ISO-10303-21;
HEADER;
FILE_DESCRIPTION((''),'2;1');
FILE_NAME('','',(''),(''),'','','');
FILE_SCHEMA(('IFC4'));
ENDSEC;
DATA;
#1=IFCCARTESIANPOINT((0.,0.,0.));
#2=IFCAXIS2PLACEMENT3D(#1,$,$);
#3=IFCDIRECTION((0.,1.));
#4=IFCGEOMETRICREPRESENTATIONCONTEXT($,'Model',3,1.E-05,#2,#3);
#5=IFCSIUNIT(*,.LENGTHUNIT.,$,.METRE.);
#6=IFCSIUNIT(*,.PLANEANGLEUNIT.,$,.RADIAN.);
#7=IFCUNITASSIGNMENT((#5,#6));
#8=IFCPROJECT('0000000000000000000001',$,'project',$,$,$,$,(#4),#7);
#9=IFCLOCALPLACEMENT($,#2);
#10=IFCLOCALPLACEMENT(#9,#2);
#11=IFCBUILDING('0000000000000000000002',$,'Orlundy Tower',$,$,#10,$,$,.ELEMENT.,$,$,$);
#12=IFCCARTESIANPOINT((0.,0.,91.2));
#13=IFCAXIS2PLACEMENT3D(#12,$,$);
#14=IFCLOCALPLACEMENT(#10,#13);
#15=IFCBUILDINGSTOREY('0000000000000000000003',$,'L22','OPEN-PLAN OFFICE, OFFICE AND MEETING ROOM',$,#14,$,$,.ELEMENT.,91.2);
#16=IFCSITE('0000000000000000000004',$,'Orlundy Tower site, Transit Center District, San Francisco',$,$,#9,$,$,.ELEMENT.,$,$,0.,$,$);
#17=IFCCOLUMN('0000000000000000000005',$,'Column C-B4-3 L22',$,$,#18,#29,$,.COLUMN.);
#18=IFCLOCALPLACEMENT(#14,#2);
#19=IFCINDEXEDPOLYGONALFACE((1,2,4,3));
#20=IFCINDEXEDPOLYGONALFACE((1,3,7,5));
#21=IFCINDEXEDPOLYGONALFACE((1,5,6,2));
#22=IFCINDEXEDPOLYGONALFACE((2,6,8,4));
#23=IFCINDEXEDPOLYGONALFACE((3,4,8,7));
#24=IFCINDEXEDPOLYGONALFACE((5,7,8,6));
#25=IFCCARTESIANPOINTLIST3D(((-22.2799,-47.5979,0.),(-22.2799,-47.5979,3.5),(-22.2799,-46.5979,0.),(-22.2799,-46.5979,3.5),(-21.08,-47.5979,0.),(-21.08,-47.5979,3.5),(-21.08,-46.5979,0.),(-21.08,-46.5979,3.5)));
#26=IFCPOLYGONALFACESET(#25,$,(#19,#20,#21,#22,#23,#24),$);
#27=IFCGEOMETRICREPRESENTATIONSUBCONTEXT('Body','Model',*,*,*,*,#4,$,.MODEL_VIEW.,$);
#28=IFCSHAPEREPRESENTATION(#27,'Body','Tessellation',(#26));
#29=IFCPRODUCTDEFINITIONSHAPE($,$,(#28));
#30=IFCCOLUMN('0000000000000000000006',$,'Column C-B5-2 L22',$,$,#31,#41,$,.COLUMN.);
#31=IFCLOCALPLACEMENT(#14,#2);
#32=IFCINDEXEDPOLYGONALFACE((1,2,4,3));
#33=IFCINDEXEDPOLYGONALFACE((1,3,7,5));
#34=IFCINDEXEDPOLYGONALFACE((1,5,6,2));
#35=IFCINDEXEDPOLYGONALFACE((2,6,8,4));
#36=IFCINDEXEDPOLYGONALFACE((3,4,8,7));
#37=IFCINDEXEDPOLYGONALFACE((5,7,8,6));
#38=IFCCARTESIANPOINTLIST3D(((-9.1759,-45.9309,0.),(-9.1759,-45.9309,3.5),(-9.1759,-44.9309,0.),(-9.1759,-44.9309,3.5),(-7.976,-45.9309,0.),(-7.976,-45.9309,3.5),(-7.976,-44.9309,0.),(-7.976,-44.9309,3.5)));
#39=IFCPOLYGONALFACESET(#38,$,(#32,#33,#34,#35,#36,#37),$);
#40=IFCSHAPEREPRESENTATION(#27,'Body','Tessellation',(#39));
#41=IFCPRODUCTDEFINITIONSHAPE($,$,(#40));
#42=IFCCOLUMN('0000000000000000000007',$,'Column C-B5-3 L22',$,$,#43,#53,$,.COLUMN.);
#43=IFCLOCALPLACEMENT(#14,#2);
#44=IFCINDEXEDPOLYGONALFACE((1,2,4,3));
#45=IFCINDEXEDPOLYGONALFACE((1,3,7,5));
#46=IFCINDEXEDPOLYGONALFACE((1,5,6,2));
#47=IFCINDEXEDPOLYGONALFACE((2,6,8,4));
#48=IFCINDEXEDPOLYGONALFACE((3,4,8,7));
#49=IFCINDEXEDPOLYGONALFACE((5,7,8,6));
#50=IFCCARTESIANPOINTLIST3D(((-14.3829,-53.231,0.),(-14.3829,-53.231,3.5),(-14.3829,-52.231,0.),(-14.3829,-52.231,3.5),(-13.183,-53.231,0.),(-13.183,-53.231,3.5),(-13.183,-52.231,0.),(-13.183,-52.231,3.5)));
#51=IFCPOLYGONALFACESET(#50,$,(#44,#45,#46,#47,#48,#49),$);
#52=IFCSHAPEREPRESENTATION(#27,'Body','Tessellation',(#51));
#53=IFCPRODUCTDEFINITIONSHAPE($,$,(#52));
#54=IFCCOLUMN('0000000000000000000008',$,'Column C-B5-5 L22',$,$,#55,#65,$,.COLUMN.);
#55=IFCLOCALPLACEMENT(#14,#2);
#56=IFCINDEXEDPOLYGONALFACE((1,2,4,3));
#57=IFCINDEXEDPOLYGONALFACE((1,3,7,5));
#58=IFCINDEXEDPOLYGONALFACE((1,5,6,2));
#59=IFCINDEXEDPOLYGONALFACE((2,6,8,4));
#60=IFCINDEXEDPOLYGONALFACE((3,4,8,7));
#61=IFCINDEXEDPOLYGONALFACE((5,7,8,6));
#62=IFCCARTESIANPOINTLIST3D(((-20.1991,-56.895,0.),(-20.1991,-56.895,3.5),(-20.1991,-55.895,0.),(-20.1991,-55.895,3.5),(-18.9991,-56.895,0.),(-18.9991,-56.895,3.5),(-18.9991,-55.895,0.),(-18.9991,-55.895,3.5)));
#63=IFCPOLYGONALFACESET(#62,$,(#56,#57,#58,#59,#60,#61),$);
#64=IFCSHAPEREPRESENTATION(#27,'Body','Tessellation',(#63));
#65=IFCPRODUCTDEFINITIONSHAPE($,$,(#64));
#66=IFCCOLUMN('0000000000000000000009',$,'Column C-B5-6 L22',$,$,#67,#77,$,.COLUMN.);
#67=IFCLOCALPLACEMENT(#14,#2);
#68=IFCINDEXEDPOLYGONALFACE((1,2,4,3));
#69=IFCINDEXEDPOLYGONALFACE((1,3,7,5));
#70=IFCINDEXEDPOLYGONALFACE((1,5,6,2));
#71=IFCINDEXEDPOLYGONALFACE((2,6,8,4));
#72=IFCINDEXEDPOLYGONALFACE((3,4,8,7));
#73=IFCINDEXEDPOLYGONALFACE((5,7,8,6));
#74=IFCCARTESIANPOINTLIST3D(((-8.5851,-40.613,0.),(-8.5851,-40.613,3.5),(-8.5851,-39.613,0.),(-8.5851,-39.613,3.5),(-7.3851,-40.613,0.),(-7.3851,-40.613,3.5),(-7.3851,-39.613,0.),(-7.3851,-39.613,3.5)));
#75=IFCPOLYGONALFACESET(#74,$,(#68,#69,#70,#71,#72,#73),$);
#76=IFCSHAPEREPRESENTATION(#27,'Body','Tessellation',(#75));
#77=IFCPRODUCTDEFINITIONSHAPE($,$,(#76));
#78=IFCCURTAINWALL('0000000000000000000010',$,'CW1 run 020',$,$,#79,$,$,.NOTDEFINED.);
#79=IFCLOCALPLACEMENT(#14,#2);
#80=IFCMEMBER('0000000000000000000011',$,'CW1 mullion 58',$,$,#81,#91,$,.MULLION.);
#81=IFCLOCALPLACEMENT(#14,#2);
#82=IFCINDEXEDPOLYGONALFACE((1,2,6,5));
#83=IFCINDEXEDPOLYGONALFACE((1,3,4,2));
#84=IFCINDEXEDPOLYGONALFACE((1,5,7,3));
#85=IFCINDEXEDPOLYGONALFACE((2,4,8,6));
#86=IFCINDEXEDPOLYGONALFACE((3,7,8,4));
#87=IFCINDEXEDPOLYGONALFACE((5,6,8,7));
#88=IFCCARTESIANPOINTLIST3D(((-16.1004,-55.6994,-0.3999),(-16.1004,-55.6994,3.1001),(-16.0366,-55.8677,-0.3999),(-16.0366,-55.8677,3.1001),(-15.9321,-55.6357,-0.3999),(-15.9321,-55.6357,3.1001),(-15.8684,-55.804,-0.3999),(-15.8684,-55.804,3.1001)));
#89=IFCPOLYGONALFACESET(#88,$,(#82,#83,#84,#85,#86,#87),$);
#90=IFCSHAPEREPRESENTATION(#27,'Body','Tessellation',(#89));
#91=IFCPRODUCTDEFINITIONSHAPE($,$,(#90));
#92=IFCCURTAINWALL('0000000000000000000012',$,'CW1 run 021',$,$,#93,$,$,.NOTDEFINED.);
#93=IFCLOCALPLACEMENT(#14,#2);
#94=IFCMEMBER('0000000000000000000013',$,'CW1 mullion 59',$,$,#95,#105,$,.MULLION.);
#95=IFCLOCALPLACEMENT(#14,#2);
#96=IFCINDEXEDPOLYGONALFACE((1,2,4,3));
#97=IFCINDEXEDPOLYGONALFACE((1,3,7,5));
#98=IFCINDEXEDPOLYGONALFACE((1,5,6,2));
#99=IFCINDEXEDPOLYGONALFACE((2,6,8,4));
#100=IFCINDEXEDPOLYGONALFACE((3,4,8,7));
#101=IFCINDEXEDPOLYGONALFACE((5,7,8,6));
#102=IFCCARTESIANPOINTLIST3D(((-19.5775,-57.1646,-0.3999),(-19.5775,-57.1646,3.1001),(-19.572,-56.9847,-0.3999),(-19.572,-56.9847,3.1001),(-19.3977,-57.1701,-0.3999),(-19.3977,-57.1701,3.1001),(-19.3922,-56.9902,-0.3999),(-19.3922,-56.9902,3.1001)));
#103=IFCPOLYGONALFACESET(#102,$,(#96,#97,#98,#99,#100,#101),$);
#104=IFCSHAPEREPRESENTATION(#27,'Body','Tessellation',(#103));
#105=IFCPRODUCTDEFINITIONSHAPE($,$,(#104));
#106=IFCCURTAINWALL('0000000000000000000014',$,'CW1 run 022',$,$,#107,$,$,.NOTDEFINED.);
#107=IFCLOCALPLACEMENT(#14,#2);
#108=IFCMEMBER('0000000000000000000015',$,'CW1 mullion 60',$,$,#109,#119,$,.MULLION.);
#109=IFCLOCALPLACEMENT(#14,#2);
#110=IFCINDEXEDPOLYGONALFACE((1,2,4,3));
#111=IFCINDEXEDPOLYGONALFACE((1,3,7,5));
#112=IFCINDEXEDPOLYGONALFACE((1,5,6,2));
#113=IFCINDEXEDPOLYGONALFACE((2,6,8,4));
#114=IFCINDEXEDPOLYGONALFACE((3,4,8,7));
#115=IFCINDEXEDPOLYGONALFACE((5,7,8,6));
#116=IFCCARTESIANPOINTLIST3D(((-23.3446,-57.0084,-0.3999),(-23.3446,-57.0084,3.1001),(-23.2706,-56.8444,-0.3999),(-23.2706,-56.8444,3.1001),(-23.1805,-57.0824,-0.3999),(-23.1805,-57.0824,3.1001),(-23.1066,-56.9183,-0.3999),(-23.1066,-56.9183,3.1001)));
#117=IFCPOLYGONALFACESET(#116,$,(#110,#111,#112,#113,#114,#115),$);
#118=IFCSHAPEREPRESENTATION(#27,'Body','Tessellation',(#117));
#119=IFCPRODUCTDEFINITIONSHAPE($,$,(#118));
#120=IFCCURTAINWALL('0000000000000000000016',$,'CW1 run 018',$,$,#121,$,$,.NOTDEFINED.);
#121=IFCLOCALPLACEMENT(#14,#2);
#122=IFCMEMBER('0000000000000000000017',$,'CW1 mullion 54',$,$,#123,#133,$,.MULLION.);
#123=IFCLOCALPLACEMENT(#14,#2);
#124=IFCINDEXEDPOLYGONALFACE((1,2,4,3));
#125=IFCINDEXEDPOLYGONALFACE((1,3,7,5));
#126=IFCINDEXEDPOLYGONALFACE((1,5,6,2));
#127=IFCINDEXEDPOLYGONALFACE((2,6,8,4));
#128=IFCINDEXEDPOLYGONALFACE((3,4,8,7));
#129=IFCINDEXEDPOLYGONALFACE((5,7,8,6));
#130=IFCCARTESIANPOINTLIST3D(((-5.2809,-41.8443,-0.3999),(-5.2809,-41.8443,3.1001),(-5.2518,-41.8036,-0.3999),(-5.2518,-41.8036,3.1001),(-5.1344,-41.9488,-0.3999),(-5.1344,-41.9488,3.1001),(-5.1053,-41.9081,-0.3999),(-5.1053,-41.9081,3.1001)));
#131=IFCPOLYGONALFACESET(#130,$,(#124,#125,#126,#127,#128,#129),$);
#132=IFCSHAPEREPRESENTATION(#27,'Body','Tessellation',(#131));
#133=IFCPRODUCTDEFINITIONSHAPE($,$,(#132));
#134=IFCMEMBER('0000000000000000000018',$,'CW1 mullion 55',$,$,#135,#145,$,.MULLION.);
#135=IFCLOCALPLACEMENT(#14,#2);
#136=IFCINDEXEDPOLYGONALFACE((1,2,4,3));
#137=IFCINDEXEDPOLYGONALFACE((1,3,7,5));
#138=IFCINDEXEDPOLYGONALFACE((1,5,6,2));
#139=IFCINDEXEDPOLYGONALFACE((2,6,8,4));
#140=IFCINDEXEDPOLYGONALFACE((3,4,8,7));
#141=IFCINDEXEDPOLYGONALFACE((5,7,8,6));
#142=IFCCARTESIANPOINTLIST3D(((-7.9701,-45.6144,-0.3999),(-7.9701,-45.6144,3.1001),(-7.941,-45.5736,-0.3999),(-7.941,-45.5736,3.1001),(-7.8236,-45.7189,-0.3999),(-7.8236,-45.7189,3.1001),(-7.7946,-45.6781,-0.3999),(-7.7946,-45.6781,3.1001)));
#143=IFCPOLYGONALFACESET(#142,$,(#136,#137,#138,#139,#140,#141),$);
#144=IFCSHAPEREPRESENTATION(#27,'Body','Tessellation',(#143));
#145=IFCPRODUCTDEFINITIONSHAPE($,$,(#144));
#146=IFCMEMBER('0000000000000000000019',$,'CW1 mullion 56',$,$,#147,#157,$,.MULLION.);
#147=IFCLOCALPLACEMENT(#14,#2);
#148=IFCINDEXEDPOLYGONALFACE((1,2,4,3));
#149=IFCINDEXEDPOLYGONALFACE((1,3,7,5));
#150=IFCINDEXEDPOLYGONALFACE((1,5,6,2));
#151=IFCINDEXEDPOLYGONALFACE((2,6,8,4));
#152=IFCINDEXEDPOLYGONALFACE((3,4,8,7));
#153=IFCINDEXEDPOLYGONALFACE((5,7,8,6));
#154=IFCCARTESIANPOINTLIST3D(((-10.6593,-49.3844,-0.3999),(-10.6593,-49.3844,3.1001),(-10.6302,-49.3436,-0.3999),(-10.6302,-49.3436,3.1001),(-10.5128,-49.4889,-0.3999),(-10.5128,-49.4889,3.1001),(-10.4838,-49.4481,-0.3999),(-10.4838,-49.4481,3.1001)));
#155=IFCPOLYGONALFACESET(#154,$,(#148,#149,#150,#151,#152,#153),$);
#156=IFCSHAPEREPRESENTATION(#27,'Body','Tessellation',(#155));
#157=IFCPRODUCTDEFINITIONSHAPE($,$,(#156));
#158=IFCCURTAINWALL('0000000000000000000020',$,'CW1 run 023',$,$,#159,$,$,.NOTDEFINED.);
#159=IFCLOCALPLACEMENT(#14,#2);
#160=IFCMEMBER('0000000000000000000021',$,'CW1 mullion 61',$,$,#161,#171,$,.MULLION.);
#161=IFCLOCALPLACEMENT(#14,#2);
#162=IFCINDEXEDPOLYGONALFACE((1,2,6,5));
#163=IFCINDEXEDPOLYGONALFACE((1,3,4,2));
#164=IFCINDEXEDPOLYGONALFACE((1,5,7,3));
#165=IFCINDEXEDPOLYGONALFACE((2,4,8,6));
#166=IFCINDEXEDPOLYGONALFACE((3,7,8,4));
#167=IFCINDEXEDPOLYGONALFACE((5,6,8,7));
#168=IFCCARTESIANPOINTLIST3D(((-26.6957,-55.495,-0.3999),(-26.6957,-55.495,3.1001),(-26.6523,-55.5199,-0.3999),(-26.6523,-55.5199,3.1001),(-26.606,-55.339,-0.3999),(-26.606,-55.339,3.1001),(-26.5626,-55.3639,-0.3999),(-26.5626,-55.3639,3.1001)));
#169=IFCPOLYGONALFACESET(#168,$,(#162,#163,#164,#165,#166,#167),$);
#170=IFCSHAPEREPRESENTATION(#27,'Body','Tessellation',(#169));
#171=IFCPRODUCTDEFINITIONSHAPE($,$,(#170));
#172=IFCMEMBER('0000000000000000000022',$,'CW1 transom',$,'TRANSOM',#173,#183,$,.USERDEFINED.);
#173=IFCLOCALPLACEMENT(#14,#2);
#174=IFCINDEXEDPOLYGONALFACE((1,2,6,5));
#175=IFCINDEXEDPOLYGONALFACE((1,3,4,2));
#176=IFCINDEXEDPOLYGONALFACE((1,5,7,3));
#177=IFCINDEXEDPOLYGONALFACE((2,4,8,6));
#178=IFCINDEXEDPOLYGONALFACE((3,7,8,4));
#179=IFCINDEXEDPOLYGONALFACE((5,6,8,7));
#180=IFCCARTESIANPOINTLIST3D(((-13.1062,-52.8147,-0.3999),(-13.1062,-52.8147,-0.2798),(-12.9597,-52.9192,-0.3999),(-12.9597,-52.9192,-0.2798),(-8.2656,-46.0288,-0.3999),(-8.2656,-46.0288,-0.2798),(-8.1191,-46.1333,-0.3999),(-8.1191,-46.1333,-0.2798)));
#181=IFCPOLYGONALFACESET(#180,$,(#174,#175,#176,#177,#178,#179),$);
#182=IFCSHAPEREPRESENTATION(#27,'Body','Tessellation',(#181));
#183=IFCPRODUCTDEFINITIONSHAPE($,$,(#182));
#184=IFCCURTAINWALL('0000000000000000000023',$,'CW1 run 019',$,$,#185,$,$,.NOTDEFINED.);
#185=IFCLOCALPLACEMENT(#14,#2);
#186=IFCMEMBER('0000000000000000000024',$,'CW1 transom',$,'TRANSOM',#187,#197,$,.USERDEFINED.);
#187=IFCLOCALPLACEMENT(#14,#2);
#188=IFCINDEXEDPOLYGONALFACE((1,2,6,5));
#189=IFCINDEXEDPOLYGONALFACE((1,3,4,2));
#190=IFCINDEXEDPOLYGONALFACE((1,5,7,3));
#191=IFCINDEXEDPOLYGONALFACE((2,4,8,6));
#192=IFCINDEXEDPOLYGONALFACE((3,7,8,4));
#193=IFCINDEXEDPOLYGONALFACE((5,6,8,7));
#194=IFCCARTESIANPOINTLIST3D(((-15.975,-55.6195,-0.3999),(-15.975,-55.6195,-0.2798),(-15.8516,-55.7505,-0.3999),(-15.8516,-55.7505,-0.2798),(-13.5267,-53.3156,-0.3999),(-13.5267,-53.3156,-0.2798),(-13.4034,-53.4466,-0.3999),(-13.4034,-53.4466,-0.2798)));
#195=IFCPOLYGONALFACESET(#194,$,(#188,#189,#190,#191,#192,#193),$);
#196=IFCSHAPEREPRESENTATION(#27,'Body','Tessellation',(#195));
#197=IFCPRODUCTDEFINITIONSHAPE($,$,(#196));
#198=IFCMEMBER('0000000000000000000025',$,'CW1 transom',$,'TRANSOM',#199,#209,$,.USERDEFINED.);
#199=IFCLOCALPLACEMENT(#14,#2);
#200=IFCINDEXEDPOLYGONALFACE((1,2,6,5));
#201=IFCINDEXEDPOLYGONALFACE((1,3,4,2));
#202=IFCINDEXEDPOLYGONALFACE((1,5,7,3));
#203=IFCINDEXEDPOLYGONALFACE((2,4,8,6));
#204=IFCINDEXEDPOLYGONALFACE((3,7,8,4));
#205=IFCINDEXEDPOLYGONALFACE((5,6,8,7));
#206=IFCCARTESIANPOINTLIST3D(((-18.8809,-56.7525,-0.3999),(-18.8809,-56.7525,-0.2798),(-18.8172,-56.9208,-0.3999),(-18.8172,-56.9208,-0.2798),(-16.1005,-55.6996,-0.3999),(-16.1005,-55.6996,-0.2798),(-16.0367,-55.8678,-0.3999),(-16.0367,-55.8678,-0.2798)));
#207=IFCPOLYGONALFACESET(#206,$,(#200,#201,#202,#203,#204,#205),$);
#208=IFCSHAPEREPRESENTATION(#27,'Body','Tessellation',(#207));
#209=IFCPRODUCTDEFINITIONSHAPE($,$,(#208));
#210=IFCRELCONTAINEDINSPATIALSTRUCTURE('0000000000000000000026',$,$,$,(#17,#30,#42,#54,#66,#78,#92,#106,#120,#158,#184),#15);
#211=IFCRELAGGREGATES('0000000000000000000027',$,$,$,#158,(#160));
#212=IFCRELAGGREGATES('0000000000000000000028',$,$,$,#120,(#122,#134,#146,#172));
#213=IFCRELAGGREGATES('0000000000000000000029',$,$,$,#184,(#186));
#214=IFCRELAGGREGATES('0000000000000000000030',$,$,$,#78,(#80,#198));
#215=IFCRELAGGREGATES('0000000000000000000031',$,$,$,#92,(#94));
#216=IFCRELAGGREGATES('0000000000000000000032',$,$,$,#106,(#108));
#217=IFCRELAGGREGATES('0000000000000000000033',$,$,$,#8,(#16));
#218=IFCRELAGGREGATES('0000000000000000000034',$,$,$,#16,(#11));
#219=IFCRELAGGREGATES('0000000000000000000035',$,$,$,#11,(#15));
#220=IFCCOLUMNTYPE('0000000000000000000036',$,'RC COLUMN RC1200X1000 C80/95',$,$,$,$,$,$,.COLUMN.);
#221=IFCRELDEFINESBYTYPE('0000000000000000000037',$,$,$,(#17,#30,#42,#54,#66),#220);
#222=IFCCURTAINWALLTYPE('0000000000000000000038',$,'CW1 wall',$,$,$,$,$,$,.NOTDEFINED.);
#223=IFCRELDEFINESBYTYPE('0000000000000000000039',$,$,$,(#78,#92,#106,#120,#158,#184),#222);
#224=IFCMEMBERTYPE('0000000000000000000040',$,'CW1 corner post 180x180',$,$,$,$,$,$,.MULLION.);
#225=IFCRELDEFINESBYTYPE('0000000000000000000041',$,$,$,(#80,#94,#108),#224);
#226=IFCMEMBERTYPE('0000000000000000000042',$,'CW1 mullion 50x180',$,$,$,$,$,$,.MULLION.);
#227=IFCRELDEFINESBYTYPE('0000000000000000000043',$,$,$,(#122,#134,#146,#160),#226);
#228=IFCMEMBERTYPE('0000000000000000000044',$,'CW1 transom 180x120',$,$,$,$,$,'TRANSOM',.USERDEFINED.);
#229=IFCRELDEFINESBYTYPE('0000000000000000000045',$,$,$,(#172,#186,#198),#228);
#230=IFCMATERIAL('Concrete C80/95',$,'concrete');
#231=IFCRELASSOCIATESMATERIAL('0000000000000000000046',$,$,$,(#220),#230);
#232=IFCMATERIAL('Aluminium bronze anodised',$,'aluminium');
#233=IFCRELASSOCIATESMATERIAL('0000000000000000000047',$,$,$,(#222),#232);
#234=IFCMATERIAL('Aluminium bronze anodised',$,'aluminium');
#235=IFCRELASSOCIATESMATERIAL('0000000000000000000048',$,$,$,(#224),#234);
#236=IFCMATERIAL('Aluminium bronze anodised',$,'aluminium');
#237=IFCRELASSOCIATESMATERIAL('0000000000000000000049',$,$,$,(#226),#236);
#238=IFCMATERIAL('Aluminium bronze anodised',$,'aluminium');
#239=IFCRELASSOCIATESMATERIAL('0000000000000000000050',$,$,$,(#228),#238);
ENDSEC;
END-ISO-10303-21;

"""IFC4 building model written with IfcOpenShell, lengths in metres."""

from ifc_helpers import new_model, si_unit, direction, frame, origin, origin_2d, place, context, subcontext, project, spatial, rectangle, extrude, material, material_profile, profile_set, type_object, element, aggregate, save


model = new_model("IFC4")

# Units and contexts
model_context = context("Model", 3, precision=1e-05, world=origin(), true_north=direction((0.0, 1.0)))
body_context = subcontext(model_context, "Body", "Model", "MODEL_VIEW")
ifc_project = project(units=[si_unit("LENGTHUNIT", "METRE"), si_unit("PLANEANGLEUNIT", "RADIAN")], contexts=[model_context])

# Site, building, storey
site_placement = place(None, origin())
site = spatial("IfcSite", under=ifc_project, at=site_placement, Name="Orlundy Tower site, Transit Center District, San Francisco", CompositionType="ELEMENT", RefElevation=0.0)
building_placement = place(site_placement, origin())
building = spatial("IfcBuilding", under=site, at=building_placement, Name="Orlundy Tower", CompositionType="ELEMENT")
storey_placement = place(building_placement, frame((0.0, 0.0, 91.2)))
storey = spatial("IfcBuildingStorey", under=building, at=storey_placement, Name="L22", Description="OPEN-PLAN OFFICE, OFFICE AND MEETING ROOM", CompositionType="ELEMENT", Elevation=91.2)

# Columns
ifc_material_1 = material(Name="Concrete C80/95", Category="concrete")
ifc_material_profile_1 = material_profile(ifc_material_1, rectangle(XDim=1.2, YDim=1.0, at=origin_2d()), Name="RC1200X1000")
ifc_profile_set_1 = profile_set([ifc_material_profile_1], Name="Concrete C80/95")
column_type = type_object("IfcColumnType", Name="RC COLUMN RC1200X1000 C80/95", PredefinedType="COLUMN", material=ifc_profile_set_1)
for number, where, z_axis, x_axis, name in (
    (1, (-21.6799, -47.0979, 0.0), (0.0, 0.0, 1.0), (1.0, 0.0, 0.0), "Column C-B4-3 L22"),
    (2, (-8.5759, -45.4309, 0.0), (0.0, 0.0, 1.0), (1.0, 0.0, 0.0), "Column C-B5-2 L22"),
    (3, (-13.783, -52.731, 0.0), (0.0, 0.0, 1.0), (1.0, 0.0, 0.0), "Column C-B5-3 L22"),
    (4, (-19.5991, -56.395, 0.0), (0.0, 0.0, 1.0), (1.0, 0.0, 0.0), "Column C-B5-5 L22"),
    (5, (-7.9851, -40.113, 0.0), (0.0, 0.0, 1.0), (1.0, 0.0, 0.0), "Column C-B5-6 L22"),
):
    element("IfcColumn", number, at=place(storey_placement, frame(where, z_axis=z_axis, x_axis=x_axis)), inside=storey, type_object=column_type, Name=name, PredefinedType="COLUMN", context=body_context, shape_type="SweptSolid", body=[
        extrude(rectangle(XDim=1.2, YDim=1.0, at=origin_2d()), origin(), (0.0, 0.0, 1.0), 3.5),
    ])

# Curtain walls, members
ifc_material_2 = material(Name="Aluminium bronze anodised", Category="aluminium")
curtain_wall_type = type_object("IfcCurtainWallType", Name="CW1 wall", PredefinedType="NOTDEFINED", material=ifc_material_2)
curtain_wall_1_placement = place(storey_placement, origin())
curtain_wall_1 = element("IfcCurtainWall", 6, at=curtain_wall_1_placement, inside=storey, type_object=curtain_wall_type, Name="CW1 run 020", PredefinedType="NOTDEFINED")
ifc_material_3 = material(Name="Aluminium bronze anodised", Category="aluminium")
ifc_material_profile_2 = material_profile(ifc_material_3, rectangle(XDim=0.1799, YDim=0.1799, at=origin_2d()), Name="CW1 corner post 180x180")
ifc_profile_set_2 = profile_set([ifc_material_profile_2], Name="Aluminium bronze anodised")
member_type_1 = type_object("IfcMemberType", Name="CW1 corner post 180x180", PredefinedType="MULLION", material=ifc_profile_set_2)
member_1_placement = place(storey_placement, frame((-15.9844, -55.7517, -0.3999), z_axis=(0.0, 0.0, 1.0), x_axis=(0.354166, -0.935182, 0.0)))
member_1 = element("IfcMember", 7, at=member_1_placement, type_object=member_type_1, Name="CW1 mullion 58", PredefinedType="MULLION", context=body_context, shape_type="SweptSolid", body=[
    extrude(rectangle(XDim=0.1799, YDim=0.1799, at=origin_2d()), origin(), (0.0, 0.0, 1.0), 3.5),
])
curtain_wall_2_placement = place(storey_placement, origin())
curtain_wall_2 = element("IfcCurtainWall", 8, at=curtain_wall_2_placement, inside=storey, type_object=curtain_wall_type, Name="CW1 run 021", PredefinedType="NOTDEFINED")
member_2_placement = place(storey_placement, frame((-19.4849, -57.0774, -0.3999), z_axis=(0.0, 0.0, 1.0), x_axis=(-0.030485, -0.999535, 0.0)))
member_2 = element("IfcMember", 9, at=member_2_placement, type_object=member_type_1, Name="CW1 mullion 59", PredefinedType="MULLION", context=body_context, shape_type="SweptSolid", body=[
    extrude(rectangle(XDim=0.1799, YDim=0.1799, at=origin_2d()), origin(), (0.0, 0.0, 1.0), 3.5),
])
curtain_wall_3_placement = place(storey_placement, origin())
curtain_wall_3 = element("IfcCurtainWall", 10, at=curtain_wall_3_placement, inside=storey, type_object=curtain_wall_type, Name="CW1 run 022", PredefinedType="NOTDEFINED")
member_3_placement = place(storey_placement, frame((-23.2256, -56.9634, -0.3999), z_axis=(0.0, 0.0, 1.0), x_axis=(-0.410914, -0.911674, 0.0)))
member_3 = element("IfcMember", 11, at=member_3_placement, type_object=member_type_1, Name="CW1 mullion 60", PredefinedType="MULLION", context=body_context, shape_type="SweptSolid", body=[
    extrude(rectangle(XDim=0.1799, YDim=0.1799, at=origin_2d()), origin(), (0.0, 0.0, 1.0), 3.5),
])

# Curtain wall, members
curtain_wall_4_placement = place(storey_placement, origin())
curtain_wall_4 = element("IfcCurtainWall", 12, at=curtain_wall_4_placement, inside=storey, type_object=curtain_wall_type, Name="CW1 run 018", PredefinedType="NOTDEFINED")
ifc_material_4 = material(Name="Aluminium bronze anodised", Category="aluminium")
ifc_material_profile_3 = material_profile(ifc_material_4, rectangle(XDim=0.1799, YDim=0.05, at=origin_2d()), Name="CW1 mullion 50x180")
ifc_profile_set_3 = profile_set([ifc_material_profile_3], Name="Aluminium bronze anodised")
member_type_2 = type_object("IfcMemberType", Name="CW1 mullion 50x180", PredefinedType="MULLION", material=ifc_profile_set_3)
member_4_placement = place(storey_placement, frame((-5.1931, -41.8762, -0.3999), z_axis=(0.0, 0.0, 1.0), x_axis=(0.81411, -0.58071, 0.0)))
member_4 = element("IfcMember", 13, at=member_4_placement, type_object=member_type_2, Name="CW1 mullion 54", PredefinedType="MULLION", context=body_context, shape_type="SweptSolid", body=[
    extrude(rectangle(XDim=0.1799, YDim=0.05, at=origin_2d()), origin(), (0.0, 0.0, 1.0), 3.5),
])
member_5_placement = place(storey_placement, frame((-7.8823, -45.6462, -0.3999), z_axis=(0.0, 0.0, 1.0), x_axis=(0.81411, -0.58071, 0.0)))
member_5 = element("IfcMember", 14, at=member_5_placement, type_object=member_type_2, Name="CW1 mullion 55", PredefinedType="MULLION", context=body_context, shape_type="SweptSolid", body=[
    extrude(rectangle(XDim=0.1799, YDim=0.05, at=origin_2d()), origin(), (0.0, 0.0, 1.0), 3.5),
])
member_6_placement = place(storey_placement, frame((-10.5715, -49.4163, -0.3999), z_axis=(0.0, 0.0, 1.0), x_axis=(0.81411, -0.58071, 0.0)))
member_6 = element("IfcMember", 15, at=member_6_placement, type_object=member_type_2, Name="CW1 mullion 56", PredefinedType="MULLION", context=body_context, shape_type="SweptSolid", body=[
    extrude(rectangle(XDim=0.1799, YDim=0.05, at=origin_2d()), origin(), (0.0, 0.0, 1.0), 3.5),
])

# Curtain wall, member
curtain_wall_5_placement = place(storey_placement, origin())
curtain_wall_5 = element("IfcCurtainWall", 16, at=curtain_wall_5_placement, inside=storey, type_object=curtain_wall_type, Name="CW1 run 023", PredefinedType="NOTDEFINED")
member_7_placement = place(storey_placement, frame((-26.6292, -55.4294, -0.3999), z_axis=(0.0, 0.0, 1.0), x_axis=(-0.498183, -0.867072, 0.0)))
member_7 = element("IfcMember", 17, at=member_7_placement, type_object=member_type_2, Name="CW1 mullion 61", PredefinedType="MULLION", context=body_context, shape_type="SweptSolid", body=[
    extrude(rectangle(XDim=0.1799, YDim=0.05, at=origin_2d()), origin(), (0.0, 0.0, 1.0), 3.5),
])

# Member
ifc_material_5 = material(Name="Aluminium bronze anodised", Category="aluminium")
ifc_material_profile_4 = material_profile(ifc_material_5, rectangle(XDim=0.1799, YDim=0.1201, at=origin_2d()), Name="CW1 transom 180x120")
ifc_profile_set_4 = profile_set([ifc_material_profile_4], Name="Aluminium bronze anodised")
member_type_3 = type_object("IfcMemberType", Name="CW1 transom 180x120", ElementType="TRANSOM", PredefinedType="USERDEFINED", material=ifc_profile_set_4)
member_8_placement = place(storey_placement, frame((-8.1924, -46.0811, -0.3398), z_axis=(-0.580723, -0.814101, 0.0), x_axis=(0.814101, -0.580723, 0.0)))
member_8 = element("IfcMember", 18, at=member_8_placement, type_object=member_type_3, Name="CW1 transom", ObjectType="TRANSOM", PredefinedType="USERDEFINED", context=body_context, shape_type="SweptSolid", body=[
    extrude(rectangle(XDim=0.1799, YDim=0.1201, at=origin_2d()), origin(), (0.0, 0.0, 1.0), 8.3354),
])

# Curtain wall, member
curtain_wall_6_placement = place(storey_placement, origin())
curtain_wall_6 = element("IfcCurtainWall", 19, at=curtain_wall_6_placement, inside=storey, type_object=curtain_wall_type, Name="CW1 run 019", PredefinedType="NOTDEFINED")
member_9_placement = place(storey_placement, frame((-13.4651, -53.3811, -0.3398), z_axis=(-0.72824, -0.685322, 0.0), x_axis=(0.685322, -0.72824, 0.0)))
member_9 = element("IfcMember", 20, at=member_9_placement, type_object=member_type_3, Name="CW1 transom", ObjectType="TRANSOM", PredefinedType="USERDEFINED", context=body_context, shape_type="SweptSolid", body=[
    extrude(rectangle(XDim=0.1799, YDim=0.1201, at=origin_2d()), origin(), (0.0, 0.0, 1.0), 3.3618),
])

# Member
member_10_placement = place(storey_placement, frame((-16.0686, -55.7837, -0.3398), z_axis=(-0.935187, -0.354154, 0.0), x_axis=(0.354154, -0.935187, 0.0)))
member_10 = element("IfcMember", 21, at=member_10_placement, type_object=member_type_3, Name="CW1 transom", ObjectType="TRANSOM", PredefinedType="USERDEFINED", context=body_context, shape_type="SweptSolid", body=[
    extrude(rectangle(XDim=0.1799, YDim=0.1201, at=origin_2d()), origin(), (0.0, 0.0, 1.0), 2.9731),
])
aggregate(curtain_wall_5, [member_7])

aggregate(curtain_wall_4, [member_4, member_5, member_6, member_8])
aggregate(curtain_wall_6, [member_9])
aggregate(curtain_wall_1, [member_1, member_10])
aggregate(curtain_wall_2, [member_2])
aggregate(curtain_wall_3, [member_3])

save(model, "model.ifc")
